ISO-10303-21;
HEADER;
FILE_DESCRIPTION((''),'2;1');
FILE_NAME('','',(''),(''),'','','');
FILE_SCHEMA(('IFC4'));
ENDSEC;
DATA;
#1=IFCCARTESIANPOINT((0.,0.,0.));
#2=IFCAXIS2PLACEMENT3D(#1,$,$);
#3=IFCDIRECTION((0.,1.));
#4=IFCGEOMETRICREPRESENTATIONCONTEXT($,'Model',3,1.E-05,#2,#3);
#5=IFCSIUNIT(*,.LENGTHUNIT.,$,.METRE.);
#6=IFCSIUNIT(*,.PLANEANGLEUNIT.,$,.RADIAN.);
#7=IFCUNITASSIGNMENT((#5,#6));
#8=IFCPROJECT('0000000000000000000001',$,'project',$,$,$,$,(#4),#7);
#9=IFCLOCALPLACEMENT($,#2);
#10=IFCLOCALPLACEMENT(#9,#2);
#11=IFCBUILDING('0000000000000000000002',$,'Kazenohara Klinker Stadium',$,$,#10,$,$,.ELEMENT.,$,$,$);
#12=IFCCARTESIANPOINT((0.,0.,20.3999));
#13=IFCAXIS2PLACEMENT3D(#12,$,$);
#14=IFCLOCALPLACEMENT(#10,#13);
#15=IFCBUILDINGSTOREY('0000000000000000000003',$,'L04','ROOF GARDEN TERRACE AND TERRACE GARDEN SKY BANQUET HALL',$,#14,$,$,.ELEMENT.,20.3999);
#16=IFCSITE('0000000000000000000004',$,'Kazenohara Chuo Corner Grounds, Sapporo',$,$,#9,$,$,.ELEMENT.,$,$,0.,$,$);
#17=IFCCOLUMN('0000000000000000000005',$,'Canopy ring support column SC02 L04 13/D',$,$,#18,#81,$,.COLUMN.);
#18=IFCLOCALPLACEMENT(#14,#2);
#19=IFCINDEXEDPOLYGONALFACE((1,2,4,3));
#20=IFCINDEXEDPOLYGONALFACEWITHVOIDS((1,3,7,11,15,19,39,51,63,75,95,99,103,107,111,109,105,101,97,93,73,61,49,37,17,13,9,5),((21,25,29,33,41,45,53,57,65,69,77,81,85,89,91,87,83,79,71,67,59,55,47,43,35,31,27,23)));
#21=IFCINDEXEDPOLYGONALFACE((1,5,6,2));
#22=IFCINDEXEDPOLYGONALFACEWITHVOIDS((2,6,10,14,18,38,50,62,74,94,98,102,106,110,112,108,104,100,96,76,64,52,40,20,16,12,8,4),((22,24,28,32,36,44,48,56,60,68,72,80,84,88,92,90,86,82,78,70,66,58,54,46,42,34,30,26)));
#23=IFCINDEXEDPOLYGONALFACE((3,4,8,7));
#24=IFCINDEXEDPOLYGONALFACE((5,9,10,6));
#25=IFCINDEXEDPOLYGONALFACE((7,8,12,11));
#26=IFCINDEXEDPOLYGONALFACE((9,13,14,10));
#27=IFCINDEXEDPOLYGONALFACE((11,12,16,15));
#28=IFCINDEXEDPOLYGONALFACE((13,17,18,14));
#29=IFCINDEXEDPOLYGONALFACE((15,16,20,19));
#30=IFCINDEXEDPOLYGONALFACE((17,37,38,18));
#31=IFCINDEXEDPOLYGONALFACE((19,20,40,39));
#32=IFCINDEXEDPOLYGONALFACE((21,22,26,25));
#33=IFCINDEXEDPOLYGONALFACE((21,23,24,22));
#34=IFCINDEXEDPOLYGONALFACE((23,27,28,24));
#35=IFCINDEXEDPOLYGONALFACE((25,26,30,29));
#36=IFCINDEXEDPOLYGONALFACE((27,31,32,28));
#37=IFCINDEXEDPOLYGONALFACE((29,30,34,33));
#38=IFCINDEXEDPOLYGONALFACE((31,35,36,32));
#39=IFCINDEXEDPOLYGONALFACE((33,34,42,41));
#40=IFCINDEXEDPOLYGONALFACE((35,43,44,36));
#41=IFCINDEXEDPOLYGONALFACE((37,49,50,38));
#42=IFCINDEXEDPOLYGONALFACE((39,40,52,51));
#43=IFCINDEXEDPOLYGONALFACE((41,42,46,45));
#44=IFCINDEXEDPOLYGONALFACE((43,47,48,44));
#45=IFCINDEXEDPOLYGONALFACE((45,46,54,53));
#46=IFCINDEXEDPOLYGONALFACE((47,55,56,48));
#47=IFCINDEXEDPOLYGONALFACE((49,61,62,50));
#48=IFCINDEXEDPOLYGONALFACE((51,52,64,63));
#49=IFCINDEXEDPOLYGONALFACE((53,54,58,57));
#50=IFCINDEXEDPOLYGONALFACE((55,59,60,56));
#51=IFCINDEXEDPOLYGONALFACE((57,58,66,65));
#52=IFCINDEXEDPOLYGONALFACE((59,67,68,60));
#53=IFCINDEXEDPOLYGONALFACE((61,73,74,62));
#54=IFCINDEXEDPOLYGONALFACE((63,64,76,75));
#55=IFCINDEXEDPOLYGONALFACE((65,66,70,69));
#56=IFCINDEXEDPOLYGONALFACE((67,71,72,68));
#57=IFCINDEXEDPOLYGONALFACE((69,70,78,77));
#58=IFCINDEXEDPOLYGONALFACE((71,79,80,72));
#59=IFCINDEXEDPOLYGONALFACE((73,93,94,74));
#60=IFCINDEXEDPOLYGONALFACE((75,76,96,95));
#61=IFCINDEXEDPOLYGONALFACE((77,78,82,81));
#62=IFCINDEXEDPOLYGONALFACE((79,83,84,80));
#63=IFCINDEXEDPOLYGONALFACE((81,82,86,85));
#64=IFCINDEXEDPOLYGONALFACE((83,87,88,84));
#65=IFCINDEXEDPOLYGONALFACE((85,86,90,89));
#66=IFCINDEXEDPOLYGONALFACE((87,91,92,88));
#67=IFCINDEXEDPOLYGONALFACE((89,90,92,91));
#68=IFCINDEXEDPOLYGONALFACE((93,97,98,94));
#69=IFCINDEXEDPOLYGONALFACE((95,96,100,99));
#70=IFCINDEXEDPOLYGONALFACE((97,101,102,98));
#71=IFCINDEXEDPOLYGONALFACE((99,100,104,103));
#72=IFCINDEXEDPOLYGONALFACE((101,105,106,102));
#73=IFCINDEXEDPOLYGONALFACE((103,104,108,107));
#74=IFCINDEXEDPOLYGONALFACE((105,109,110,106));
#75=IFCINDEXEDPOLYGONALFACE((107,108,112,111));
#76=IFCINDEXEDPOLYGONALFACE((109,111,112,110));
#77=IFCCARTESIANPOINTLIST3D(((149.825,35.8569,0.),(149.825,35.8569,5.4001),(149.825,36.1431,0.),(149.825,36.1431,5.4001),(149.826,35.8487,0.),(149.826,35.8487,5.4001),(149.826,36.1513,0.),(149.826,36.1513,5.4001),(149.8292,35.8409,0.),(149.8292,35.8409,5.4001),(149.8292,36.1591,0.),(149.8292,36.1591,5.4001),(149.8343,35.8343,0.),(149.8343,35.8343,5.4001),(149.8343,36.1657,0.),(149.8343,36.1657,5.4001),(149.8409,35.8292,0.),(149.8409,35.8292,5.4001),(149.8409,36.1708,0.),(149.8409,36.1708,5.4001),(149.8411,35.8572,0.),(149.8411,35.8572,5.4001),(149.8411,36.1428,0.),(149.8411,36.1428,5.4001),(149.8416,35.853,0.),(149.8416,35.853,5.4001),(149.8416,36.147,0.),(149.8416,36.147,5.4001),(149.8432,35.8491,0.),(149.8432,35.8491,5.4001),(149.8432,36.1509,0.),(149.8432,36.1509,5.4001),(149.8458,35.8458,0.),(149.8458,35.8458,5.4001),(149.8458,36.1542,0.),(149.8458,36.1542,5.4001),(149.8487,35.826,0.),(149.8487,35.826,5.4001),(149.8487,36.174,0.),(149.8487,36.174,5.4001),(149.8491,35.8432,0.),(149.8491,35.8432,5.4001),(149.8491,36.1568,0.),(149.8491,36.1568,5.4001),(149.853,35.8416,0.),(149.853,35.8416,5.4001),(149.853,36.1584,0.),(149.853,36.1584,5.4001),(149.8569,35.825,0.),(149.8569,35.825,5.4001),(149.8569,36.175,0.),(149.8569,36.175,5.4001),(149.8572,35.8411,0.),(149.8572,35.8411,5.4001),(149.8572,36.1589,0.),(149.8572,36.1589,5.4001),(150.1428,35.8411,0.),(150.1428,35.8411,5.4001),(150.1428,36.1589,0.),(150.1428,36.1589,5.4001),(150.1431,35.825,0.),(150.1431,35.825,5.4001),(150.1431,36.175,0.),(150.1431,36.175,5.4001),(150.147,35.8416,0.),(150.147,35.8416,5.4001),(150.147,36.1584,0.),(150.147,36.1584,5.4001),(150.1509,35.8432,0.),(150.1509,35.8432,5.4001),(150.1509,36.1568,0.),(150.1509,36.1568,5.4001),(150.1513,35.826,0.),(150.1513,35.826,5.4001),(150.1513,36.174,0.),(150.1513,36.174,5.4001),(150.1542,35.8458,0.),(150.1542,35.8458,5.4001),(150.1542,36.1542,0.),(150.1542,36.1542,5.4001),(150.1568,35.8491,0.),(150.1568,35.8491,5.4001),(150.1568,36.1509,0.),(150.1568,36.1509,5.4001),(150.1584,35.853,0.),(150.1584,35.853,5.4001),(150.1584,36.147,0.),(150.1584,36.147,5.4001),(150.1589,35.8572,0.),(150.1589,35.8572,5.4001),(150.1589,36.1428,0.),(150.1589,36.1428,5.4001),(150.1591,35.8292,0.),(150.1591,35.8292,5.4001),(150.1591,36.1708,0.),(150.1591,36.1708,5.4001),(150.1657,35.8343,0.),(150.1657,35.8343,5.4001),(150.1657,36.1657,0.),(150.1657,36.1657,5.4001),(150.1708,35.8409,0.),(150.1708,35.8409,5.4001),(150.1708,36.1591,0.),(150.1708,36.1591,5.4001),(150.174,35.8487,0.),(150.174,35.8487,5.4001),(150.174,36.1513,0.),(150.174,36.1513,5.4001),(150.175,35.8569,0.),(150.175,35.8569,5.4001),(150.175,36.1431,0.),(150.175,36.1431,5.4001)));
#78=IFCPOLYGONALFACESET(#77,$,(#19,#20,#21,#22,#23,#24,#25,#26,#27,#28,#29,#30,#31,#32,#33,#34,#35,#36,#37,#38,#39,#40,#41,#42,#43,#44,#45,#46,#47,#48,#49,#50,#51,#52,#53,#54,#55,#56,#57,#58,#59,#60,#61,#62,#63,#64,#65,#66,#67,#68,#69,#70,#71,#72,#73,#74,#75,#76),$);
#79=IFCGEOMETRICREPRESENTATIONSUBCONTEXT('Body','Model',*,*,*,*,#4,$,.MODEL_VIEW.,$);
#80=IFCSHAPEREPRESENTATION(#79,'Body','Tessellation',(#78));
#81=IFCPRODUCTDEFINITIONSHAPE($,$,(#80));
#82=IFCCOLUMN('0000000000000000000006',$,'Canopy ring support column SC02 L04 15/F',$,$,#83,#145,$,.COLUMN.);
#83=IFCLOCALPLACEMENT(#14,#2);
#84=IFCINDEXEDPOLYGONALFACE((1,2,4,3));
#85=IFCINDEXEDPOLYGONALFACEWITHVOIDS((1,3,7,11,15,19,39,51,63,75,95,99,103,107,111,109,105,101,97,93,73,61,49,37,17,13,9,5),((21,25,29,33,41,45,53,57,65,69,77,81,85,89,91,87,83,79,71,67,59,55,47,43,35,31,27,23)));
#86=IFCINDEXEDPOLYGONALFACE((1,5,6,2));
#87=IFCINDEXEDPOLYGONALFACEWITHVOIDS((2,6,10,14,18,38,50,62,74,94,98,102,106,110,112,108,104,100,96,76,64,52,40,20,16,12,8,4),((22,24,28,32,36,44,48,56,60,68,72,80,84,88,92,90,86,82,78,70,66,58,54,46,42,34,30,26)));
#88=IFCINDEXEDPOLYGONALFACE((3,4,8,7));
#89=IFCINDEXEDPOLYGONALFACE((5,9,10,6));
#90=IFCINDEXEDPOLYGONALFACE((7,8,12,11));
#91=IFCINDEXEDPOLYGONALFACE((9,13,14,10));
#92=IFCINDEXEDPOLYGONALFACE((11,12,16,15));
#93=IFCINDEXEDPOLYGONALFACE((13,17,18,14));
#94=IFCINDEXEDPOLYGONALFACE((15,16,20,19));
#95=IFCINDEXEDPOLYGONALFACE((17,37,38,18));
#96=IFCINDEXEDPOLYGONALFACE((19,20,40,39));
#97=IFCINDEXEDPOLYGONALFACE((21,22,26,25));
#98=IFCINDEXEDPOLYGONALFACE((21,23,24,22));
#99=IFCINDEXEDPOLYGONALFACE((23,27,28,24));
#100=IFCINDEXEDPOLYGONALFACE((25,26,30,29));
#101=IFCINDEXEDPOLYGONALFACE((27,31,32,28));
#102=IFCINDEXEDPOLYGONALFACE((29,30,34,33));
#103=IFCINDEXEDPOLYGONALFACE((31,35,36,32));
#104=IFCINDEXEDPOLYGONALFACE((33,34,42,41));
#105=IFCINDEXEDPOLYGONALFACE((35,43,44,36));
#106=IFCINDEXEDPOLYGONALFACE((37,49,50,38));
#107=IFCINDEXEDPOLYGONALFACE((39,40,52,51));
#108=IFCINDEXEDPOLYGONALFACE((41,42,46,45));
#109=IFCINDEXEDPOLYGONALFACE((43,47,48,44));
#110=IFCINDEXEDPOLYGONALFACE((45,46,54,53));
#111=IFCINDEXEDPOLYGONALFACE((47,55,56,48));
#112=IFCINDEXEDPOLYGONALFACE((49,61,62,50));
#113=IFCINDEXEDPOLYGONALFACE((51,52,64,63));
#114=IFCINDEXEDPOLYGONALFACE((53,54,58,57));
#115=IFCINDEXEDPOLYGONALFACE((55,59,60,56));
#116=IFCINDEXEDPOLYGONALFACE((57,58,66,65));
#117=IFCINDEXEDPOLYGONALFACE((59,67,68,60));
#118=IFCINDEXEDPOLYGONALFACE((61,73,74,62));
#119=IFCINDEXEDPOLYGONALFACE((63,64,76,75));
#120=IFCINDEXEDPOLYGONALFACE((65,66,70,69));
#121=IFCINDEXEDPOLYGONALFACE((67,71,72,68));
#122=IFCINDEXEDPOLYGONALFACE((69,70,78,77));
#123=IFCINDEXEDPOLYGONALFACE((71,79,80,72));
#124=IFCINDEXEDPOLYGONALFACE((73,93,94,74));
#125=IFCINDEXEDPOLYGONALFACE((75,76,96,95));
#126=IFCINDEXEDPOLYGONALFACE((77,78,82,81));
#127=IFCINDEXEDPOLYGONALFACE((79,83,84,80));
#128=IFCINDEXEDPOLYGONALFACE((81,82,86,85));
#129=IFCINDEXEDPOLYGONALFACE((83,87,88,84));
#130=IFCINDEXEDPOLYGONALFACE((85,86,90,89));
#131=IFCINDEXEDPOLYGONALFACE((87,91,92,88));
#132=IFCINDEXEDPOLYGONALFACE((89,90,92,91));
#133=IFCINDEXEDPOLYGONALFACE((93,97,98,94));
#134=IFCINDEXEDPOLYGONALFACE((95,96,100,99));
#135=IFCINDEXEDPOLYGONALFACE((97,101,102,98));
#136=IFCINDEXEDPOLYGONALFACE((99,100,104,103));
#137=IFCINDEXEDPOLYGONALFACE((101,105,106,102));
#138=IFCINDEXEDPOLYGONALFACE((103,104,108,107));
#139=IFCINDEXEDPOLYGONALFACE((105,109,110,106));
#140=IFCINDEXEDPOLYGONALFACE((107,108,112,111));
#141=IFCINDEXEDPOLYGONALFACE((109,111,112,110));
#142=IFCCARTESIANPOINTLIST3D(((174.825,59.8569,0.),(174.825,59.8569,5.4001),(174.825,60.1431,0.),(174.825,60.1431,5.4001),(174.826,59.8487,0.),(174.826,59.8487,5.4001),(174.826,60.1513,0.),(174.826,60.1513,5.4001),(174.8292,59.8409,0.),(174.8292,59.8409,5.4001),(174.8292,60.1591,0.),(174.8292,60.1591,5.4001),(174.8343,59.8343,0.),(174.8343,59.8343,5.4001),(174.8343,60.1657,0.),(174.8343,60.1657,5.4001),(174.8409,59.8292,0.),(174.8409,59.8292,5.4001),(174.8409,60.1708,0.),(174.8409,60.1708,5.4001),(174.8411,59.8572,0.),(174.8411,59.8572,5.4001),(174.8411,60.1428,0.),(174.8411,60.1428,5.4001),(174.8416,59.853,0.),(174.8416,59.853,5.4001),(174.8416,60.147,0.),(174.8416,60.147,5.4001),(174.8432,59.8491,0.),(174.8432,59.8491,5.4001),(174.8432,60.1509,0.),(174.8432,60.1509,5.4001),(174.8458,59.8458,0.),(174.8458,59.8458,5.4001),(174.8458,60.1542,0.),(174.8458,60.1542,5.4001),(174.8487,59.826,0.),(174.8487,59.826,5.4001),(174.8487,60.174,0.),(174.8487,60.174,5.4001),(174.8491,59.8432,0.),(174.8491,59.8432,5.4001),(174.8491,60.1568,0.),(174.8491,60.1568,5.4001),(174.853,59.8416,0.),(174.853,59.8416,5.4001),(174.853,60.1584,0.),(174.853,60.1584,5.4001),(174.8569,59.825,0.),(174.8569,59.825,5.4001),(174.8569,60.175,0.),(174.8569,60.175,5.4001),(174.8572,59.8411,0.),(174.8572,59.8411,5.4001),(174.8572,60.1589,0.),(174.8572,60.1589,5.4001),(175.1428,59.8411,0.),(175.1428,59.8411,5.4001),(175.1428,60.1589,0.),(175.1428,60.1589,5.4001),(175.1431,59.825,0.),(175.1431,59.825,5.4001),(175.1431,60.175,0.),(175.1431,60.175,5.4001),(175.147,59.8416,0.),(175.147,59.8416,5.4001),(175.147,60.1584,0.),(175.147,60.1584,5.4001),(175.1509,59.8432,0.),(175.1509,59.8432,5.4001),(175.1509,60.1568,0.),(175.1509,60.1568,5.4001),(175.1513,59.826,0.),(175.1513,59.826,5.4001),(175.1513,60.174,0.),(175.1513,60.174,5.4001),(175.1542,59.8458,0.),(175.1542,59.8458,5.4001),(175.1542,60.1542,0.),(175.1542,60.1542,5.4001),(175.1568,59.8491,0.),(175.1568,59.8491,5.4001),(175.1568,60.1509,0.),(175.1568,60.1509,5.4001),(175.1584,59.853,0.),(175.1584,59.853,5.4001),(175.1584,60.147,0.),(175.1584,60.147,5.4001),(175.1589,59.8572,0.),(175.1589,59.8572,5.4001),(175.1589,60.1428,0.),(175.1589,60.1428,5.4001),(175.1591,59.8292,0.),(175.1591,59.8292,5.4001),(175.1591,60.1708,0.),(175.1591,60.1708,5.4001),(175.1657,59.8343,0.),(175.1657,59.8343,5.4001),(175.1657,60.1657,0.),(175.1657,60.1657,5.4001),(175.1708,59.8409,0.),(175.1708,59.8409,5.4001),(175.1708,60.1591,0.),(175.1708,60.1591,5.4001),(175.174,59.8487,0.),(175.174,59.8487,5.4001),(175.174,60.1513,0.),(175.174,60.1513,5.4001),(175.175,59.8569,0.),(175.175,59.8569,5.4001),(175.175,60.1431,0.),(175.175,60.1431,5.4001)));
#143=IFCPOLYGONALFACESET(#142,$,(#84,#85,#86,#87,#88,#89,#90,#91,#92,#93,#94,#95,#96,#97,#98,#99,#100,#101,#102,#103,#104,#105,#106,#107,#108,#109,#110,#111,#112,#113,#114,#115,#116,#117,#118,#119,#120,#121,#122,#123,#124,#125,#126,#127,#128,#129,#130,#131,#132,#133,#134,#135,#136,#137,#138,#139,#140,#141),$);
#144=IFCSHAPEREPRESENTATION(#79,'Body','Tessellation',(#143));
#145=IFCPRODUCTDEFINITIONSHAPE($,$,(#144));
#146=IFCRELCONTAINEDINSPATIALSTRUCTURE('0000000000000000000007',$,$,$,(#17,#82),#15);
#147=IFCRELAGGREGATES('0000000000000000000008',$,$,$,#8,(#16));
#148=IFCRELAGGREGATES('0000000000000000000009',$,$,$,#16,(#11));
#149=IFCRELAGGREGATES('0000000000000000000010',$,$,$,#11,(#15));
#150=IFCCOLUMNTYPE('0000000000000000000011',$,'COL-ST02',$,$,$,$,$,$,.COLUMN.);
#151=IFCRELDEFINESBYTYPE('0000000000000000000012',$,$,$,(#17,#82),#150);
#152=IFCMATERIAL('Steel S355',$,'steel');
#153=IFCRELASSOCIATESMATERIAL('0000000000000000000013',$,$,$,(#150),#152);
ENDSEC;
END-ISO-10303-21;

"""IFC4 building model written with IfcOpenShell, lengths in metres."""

from ifc_helpers import new_model, si_unit, direction, frame, origin, origin_2d, place, context, subcontext, project, spatial, hollow_rectangle, extrude, material, material_profile, profile_set, type_object, element, save


model = new_model("IFC4")

# Units and contexts
model_context = context("Model", 3, precision=1e-05, world=origin(), true_north=direction((0.0, 1.0)))
body_context = subcontext(model_context, "Body", "Model", "MODEL_VIEW")
ifc_project = project(units=[si_unit("LENGTHUNIT", "METRE"), si_unit("PLANEANGLEUNIT", "RADIAN")], contexts=[model_context])

# Site, building, storey
site_placement = place(None, origin())
site = spatial("IfcSite", under=ifc_project, at=site_placement, Name="Kazenohara Chuo Corner Grounds, Sapporo", CompositionType="ELEMENT", RefElevation=0.0)
building_placement = place(site_placement, origin())
building = spatial("IfcBuilding", under=site, at=building_placement, Name="Kazenohara Klinker Stadium", CompositionType="ELEMENT")
storey_placement = place(building_placement, frame((0.0, 0.0, 20.3999)))
storey = spatial("IfcBuildingStorey", under=building, at=storey_placement, Name="L04", Description="ROOF GARDEN TERRACE AND TERRACE GARDEN SKY BANQUET HALL", CompositionType="ELEMENT", Elevation=20.3999)

# Columns
ifc_material_1 = material(Name="Steel S355", Category="steel")
ifc_material_profile_1 = material_profile(ifc_material_1, hollow_rectangle(XDim=0.3501, YDim=0.3501, WallThickness=0.0161, InnerFilletRadius=0.0161, OuterFilletRadius=0.032, at=origin_2d()), Name="SHS-350x350x16")
ifc_profile_set_1 = profile_set([ifc_material_profile_1], Name="Steel S355")
column_type_1 = type_object("IfcColumnType", Name="COL-ST02", PredefinedType="COLUMN", material=ifc_profile_set_1)
for number, where, z_axis, x_axis, name in (
    (1, (150.0, 36.0, 0.0), (0.0, 0.0, 1.0), (1.0, 0.0, 0.0), "Canopy ring support column SC02 L04 13/D"),
    (2, (175.0, 60.0, 0.0), (0.0, 0.0, 1.0), (1.0, 0.0, 0.0), "Canopy ring support column SC02 L04 15/F"),
):
    element("IfcColumn", number, at=place(storey_placement, frame(where, z_axis=z_axis, x_axis=x_axis)), inside=storey, type_object=column_type_1, Name=name, PredefinedType="COLUMN", context=body_context, shape_type="SweptSolid", body=[
        extrude(hollow_rectangle(XDim=0.3501, YDim=0.3501, WallThickness=0.0161, InnerFilletRadius=0.0161, OuterFilletRadius=0.032, at=origin_2d()), origin(), (0.0, 0.0, 1.0), 5.4001),
    ])

save(model, "model.ifc")
